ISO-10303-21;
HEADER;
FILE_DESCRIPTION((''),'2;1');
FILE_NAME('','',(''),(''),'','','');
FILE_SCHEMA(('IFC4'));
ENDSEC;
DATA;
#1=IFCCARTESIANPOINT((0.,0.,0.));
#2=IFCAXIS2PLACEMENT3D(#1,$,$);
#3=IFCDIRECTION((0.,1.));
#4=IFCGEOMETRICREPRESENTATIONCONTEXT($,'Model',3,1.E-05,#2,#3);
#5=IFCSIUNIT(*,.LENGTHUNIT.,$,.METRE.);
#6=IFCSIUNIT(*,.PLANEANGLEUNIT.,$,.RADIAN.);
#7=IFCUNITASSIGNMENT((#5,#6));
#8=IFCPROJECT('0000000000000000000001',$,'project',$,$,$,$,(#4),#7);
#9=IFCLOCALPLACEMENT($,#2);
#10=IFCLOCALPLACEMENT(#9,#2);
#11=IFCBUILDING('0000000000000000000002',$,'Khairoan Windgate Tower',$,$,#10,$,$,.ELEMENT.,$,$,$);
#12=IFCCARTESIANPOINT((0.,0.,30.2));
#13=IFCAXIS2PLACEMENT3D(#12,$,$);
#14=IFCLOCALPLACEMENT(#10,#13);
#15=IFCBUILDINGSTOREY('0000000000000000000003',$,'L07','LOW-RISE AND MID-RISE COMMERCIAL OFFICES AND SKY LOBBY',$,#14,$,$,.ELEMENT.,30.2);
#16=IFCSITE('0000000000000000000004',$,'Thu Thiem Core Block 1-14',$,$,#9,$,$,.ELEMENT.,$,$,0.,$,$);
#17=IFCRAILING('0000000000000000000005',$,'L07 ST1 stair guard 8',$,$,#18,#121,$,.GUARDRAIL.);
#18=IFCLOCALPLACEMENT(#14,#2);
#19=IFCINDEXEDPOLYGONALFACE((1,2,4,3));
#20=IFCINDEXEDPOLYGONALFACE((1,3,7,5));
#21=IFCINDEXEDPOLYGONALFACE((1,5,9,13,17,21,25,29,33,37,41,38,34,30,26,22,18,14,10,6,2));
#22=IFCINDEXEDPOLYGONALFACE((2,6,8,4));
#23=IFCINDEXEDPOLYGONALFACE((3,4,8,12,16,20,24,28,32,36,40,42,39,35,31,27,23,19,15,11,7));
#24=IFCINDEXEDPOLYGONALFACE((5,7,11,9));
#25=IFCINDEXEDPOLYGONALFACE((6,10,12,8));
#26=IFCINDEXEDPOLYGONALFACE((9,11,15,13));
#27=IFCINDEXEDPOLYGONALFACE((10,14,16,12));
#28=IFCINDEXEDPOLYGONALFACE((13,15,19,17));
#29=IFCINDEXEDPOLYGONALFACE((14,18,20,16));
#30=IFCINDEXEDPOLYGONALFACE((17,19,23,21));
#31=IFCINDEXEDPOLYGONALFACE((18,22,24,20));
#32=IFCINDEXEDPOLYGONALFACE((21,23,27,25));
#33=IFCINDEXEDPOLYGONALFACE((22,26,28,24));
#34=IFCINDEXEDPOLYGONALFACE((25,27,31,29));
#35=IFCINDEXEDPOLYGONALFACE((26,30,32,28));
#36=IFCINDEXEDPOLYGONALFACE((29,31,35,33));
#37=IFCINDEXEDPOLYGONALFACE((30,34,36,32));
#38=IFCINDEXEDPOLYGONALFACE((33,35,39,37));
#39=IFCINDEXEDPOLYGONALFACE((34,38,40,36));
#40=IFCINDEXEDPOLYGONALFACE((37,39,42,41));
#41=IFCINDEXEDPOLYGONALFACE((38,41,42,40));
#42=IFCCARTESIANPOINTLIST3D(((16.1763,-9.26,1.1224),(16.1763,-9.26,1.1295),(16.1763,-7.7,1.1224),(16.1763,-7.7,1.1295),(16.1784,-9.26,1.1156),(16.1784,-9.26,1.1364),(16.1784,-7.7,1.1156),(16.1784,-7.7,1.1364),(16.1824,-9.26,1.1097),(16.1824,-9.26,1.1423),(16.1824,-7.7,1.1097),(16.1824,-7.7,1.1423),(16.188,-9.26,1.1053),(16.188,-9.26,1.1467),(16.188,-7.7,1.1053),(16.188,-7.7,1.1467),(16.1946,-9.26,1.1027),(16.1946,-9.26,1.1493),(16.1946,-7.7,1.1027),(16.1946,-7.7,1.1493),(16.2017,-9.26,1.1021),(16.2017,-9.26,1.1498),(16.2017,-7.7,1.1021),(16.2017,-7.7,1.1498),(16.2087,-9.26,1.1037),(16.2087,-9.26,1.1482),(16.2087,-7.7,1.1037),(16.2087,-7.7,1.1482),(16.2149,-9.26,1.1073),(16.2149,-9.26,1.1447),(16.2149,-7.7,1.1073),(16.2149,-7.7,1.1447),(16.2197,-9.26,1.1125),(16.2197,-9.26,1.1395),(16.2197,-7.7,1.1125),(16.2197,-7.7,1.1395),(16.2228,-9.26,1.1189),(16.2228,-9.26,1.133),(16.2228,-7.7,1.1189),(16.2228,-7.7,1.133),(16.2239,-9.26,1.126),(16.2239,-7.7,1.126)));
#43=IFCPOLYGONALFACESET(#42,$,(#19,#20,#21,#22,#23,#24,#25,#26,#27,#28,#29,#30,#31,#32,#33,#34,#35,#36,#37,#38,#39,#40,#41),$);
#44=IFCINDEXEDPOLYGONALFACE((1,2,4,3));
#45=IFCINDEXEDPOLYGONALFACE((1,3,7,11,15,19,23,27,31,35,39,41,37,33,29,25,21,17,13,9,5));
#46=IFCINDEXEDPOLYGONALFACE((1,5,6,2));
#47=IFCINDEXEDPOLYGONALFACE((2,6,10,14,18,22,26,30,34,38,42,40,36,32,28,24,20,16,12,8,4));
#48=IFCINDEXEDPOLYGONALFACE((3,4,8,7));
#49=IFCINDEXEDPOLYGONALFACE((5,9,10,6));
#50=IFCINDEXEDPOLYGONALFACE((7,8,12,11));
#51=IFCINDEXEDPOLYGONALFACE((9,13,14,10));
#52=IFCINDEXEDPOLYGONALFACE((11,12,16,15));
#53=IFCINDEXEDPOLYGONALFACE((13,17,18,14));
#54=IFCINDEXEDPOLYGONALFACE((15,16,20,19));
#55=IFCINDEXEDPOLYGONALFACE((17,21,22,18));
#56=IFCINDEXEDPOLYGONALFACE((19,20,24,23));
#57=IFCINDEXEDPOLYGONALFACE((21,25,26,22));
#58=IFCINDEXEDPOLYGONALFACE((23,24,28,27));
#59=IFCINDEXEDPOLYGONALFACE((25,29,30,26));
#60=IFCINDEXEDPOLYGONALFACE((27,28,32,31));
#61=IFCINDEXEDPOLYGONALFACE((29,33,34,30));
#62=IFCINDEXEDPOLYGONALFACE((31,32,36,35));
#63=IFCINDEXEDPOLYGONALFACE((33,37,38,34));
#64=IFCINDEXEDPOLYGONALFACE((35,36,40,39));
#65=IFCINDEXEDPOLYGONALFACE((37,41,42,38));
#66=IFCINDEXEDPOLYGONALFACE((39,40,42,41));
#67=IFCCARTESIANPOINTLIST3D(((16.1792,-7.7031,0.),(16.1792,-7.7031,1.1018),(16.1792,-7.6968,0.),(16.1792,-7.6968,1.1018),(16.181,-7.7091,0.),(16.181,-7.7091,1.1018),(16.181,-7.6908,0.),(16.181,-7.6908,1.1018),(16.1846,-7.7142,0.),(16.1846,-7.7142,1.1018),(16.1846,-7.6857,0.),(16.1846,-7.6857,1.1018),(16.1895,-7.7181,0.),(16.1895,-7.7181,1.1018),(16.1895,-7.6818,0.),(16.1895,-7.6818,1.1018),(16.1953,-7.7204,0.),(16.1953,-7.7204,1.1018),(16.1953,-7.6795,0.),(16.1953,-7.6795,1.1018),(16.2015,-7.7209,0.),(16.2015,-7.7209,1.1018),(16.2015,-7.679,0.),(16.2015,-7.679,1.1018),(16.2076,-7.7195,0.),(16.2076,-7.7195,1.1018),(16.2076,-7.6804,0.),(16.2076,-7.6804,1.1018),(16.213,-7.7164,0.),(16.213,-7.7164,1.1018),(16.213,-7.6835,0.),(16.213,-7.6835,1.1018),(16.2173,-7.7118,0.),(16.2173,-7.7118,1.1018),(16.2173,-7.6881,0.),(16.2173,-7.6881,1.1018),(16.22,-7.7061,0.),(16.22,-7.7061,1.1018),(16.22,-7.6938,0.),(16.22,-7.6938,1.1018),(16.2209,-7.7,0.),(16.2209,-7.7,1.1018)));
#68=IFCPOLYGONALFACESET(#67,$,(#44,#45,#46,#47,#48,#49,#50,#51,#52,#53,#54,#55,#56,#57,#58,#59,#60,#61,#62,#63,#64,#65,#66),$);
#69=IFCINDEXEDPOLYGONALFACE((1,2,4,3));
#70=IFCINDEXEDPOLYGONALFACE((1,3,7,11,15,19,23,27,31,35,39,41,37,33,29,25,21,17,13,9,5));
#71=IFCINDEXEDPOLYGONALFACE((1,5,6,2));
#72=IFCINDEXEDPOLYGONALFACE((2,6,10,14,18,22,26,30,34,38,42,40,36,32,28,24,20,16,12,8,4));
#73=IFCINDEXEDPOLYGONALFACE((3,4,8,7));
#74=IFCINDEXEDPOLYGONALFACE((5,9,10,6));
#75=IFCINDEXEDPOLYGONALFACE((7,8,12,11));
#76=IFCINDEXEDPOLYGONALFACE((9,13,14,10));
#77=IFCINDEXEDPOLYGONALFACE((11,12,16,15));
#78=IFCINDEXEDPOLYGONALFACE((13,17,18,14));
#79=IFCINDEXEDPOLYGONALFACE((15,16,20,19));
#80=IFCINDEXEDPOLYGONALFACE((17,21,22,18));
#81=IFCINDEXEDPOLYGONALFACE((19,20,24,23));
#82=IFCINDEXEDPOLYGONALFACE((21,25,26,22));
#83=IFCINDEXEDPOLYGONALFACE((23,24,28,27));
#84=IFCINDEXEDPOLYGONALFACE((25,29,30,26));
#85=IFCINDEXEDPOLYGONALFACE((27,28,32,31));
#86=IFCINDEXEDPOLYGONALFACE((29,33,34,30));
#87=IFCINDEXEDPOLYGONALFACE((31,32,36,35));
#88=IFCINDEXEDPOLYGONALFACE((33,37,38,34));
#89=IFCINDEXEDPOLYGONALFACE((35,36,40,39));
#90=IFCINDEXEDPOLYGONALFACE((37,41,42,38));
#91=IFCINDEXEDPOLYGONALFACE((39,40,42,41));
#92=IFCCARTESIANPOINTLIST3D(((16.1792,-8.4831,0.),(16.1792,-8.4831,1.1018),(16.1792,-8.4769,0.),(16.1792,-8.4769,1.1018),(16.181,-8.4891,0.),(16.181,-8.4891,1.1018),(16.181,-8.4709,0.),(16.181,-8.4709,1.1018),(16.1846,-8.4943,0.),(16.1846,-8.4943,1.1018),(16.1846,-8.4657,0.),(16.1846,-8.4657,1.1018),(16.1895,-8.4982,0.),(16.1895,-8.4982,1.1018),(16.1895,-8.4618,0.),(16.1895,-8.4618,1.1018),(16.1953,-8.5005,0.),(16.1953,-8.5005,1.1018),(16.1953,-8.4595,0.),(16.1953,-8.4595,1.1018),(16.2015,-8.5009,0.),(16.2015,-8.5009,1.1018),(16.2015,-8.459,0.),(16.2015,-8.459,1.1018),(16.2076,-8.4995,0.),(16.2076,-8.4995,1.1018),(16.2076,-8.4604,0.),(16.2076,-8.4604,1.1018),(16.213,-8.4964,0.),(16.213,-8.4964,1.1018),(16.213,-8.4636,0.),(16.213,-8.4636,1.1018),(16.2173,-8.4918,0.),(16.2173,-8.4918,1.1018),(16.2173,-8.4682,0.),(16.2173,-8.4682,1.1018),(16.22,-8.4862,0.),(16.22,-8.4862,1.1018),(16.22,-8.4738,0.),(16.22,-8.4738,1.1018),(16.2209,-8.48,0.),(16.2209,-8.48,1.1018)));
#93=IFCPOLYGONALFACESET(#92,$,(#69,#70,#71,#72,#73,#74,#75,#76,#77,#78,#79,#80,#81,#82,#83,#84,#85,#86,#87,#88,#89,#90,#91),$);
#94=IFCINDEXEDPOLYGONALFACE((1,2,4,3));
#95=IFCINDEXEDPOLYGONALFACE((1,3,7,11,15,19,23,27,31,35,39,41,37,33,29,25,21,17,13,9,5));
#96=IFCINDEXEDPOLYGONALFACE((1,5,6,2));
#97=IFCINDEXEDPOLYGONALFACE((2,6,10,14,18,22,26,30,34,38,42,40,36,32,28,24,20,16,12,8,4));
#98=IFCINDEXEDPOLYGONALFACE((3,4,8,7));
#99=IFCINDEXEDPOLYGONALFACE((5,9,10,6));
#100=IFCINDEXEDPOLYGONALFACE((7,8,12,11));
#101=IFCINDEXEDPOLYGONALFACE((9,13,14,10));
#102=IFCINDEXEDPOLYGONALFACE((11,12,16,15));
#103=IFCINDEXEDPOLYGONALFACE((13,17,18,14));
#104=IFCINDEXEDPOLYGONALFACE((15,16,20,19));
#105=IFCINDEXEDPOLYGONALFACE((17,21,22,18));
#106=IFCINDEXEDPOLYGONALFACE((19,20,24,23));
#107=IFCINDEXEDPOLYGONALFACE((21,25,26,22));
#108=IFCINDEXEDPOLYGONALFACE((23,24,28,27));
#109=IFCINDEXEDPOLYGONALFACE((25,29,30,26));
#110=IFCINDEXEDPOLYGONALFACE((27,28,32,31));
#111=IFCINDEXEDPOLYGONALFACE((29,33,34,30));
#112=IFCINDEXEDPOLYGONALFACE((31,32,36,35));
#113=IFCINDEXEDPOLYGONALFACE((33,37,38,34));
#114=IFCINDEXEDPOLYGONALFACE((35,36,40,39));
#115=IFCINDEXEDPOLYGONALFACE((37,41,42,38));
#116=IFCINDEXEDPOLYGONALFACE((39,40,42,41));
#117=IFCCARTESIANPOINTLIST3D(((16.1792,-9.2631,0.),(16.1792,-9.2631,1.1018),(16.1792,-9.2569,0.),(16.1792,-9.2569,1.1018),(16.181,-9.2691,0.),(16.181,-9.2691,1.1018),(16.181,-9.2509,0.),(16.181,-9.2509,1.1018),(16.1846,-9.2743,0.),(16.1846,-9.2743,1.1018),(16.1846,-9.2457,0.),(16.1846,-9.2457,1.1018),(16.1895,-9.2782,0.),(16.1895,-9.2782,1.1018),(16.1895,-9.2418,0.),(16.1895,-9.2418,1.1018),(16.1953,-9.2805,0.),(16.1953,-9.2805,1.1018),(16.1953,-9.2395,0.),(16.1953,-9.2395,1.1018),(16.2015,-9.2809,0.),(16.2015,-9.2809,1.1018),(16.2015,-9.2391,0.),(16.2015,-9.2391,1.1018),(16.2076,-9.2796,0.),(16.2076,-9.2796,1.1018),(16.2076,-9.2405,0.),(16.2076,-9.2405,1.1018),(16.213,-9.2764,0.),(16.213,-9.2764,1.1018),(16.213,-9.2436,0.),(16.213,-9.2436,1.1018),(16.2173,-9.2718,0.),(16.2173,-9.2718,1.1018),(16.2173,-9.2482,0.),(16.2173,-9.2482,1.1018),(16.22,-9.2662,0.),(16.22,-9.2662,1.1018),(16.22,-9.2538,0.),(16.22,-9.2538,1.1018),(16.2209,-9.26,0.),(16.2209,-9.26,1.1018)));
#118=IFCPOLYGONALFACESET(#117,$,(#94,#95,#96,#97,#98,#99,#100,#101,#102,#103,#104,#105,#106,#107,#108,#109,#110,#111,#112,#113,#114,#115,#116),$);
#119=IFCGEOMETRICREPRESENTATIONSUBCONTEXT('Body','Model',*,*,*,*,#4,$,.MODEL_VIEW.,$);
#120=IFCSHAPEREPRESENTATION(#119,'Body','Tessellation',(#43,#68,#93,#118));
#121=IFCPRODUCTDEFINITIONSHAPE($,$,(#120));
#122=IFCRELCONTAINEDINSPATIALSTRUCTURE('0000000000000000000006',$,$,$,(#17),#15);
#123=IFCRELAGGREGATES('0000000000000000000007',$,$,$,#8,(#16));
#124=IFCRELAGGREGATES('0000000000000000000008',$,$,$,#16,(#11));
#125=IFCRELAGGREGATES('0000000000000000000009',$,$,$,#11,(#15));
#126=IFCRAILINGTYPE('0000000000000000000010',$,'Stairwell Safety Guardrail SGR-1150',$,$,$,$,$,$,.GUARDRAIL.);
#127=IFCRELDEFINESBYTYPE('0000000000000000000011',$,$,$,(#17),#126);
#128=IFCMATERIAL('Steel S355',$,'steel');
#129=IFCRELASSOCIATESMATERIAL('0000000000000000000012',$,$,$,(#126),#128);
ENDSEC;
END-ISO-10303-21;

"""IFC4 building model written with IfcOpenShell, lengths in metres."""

from ifc_helpers import new_model, si_unit, direction, frame, origin, origin_2d, place, context, subcontext, project, spatial, circle, extrude, material, type_object, element, save


model = new_model("IFC4")

# Units and contexts
model_context = context("Model", 3, precision=1e-05, world=origin(), true_north=direction((0.0, 1.0)))
body_context = subcontext(model_context, "Body", "Model", "MODEL_VIEW")
ifc_project = project(units=[si_unit("LENGTHUNIT", "METRE"), si_unit("PLANEANGLEUNIT", "RADIAN")], contexts=[model_context])

# Site, building, storey
site_placement = place(None, origin())
site = spatial("IfcSite", under=ifc_project, at=site_placement, Name="Thu Thiem Core Block 1-14", CompositionType="ELEMENT", RefElevation=0.0)
building_placement = place(site_placement, origin())
building = spatial("IfcBuilding", under=site, at=building_placement, Name="Khairoan Windgate Tower", CompositionType="ELEMENT")
storey_placement = place(building_placement, frame((0.0, 0.0, 30.2)))
storey = spatial("IfcBuildingStorey", under=building, at=storey_placement, Name="L07", Description="LOW-RISE AND MID-RISE COMMERCIAL OFFICES AND SKY LOBBY", CompositionType="ELEMENT", Elevation=30.2)

# Railing
ifc_material_1 = material(Name="Steel S355", Category="steel")
railing_type_1 = type_object("IfcRailingType", Name="Stairwell Safety Guardrail SGR-1150", PredefinedType="GUARDRAIL", material=ifc_material_1)
railing_1_placement = place(storey_placement, frame((16.2, -7.7, 0.0)))
element("IfcRailing", 1, at=railing_1_placement, inside=storey, type_object=railing_type_1, Name="L07 ST1 stair guard 8", PredefinedType="GUARDRAIL", context=body_context, shape_type="SweptSolid", body=[
    extrude(circle(Radius=0.0239, at=origin_2d()), frame((0.0, 0.0, 1.126), z_axis=(0.0, -1.0, 0.0), x_axis=(1.0, 0.0, 0.0)), (0.0, 0.0, 1.0), 1.5601),
    extrude(circle(Radius=0.021, at=origin_2d()), origin(), (0.0, 0.0, 1.0), 1.1018),
    extrude(circle(Radius=0.021, at=origin_2d()), frame((0.0, -0.78, 0.0)), (0.0, 0.0, 1.0), 1.1018),
    extrude(circle(Radius=0.021, at=origin_2d()), frame((0.0, -1.5601, 0.0)), (0.0, 0.0, 1.0), 1.1018),
])

save(model, "model.ifc")
